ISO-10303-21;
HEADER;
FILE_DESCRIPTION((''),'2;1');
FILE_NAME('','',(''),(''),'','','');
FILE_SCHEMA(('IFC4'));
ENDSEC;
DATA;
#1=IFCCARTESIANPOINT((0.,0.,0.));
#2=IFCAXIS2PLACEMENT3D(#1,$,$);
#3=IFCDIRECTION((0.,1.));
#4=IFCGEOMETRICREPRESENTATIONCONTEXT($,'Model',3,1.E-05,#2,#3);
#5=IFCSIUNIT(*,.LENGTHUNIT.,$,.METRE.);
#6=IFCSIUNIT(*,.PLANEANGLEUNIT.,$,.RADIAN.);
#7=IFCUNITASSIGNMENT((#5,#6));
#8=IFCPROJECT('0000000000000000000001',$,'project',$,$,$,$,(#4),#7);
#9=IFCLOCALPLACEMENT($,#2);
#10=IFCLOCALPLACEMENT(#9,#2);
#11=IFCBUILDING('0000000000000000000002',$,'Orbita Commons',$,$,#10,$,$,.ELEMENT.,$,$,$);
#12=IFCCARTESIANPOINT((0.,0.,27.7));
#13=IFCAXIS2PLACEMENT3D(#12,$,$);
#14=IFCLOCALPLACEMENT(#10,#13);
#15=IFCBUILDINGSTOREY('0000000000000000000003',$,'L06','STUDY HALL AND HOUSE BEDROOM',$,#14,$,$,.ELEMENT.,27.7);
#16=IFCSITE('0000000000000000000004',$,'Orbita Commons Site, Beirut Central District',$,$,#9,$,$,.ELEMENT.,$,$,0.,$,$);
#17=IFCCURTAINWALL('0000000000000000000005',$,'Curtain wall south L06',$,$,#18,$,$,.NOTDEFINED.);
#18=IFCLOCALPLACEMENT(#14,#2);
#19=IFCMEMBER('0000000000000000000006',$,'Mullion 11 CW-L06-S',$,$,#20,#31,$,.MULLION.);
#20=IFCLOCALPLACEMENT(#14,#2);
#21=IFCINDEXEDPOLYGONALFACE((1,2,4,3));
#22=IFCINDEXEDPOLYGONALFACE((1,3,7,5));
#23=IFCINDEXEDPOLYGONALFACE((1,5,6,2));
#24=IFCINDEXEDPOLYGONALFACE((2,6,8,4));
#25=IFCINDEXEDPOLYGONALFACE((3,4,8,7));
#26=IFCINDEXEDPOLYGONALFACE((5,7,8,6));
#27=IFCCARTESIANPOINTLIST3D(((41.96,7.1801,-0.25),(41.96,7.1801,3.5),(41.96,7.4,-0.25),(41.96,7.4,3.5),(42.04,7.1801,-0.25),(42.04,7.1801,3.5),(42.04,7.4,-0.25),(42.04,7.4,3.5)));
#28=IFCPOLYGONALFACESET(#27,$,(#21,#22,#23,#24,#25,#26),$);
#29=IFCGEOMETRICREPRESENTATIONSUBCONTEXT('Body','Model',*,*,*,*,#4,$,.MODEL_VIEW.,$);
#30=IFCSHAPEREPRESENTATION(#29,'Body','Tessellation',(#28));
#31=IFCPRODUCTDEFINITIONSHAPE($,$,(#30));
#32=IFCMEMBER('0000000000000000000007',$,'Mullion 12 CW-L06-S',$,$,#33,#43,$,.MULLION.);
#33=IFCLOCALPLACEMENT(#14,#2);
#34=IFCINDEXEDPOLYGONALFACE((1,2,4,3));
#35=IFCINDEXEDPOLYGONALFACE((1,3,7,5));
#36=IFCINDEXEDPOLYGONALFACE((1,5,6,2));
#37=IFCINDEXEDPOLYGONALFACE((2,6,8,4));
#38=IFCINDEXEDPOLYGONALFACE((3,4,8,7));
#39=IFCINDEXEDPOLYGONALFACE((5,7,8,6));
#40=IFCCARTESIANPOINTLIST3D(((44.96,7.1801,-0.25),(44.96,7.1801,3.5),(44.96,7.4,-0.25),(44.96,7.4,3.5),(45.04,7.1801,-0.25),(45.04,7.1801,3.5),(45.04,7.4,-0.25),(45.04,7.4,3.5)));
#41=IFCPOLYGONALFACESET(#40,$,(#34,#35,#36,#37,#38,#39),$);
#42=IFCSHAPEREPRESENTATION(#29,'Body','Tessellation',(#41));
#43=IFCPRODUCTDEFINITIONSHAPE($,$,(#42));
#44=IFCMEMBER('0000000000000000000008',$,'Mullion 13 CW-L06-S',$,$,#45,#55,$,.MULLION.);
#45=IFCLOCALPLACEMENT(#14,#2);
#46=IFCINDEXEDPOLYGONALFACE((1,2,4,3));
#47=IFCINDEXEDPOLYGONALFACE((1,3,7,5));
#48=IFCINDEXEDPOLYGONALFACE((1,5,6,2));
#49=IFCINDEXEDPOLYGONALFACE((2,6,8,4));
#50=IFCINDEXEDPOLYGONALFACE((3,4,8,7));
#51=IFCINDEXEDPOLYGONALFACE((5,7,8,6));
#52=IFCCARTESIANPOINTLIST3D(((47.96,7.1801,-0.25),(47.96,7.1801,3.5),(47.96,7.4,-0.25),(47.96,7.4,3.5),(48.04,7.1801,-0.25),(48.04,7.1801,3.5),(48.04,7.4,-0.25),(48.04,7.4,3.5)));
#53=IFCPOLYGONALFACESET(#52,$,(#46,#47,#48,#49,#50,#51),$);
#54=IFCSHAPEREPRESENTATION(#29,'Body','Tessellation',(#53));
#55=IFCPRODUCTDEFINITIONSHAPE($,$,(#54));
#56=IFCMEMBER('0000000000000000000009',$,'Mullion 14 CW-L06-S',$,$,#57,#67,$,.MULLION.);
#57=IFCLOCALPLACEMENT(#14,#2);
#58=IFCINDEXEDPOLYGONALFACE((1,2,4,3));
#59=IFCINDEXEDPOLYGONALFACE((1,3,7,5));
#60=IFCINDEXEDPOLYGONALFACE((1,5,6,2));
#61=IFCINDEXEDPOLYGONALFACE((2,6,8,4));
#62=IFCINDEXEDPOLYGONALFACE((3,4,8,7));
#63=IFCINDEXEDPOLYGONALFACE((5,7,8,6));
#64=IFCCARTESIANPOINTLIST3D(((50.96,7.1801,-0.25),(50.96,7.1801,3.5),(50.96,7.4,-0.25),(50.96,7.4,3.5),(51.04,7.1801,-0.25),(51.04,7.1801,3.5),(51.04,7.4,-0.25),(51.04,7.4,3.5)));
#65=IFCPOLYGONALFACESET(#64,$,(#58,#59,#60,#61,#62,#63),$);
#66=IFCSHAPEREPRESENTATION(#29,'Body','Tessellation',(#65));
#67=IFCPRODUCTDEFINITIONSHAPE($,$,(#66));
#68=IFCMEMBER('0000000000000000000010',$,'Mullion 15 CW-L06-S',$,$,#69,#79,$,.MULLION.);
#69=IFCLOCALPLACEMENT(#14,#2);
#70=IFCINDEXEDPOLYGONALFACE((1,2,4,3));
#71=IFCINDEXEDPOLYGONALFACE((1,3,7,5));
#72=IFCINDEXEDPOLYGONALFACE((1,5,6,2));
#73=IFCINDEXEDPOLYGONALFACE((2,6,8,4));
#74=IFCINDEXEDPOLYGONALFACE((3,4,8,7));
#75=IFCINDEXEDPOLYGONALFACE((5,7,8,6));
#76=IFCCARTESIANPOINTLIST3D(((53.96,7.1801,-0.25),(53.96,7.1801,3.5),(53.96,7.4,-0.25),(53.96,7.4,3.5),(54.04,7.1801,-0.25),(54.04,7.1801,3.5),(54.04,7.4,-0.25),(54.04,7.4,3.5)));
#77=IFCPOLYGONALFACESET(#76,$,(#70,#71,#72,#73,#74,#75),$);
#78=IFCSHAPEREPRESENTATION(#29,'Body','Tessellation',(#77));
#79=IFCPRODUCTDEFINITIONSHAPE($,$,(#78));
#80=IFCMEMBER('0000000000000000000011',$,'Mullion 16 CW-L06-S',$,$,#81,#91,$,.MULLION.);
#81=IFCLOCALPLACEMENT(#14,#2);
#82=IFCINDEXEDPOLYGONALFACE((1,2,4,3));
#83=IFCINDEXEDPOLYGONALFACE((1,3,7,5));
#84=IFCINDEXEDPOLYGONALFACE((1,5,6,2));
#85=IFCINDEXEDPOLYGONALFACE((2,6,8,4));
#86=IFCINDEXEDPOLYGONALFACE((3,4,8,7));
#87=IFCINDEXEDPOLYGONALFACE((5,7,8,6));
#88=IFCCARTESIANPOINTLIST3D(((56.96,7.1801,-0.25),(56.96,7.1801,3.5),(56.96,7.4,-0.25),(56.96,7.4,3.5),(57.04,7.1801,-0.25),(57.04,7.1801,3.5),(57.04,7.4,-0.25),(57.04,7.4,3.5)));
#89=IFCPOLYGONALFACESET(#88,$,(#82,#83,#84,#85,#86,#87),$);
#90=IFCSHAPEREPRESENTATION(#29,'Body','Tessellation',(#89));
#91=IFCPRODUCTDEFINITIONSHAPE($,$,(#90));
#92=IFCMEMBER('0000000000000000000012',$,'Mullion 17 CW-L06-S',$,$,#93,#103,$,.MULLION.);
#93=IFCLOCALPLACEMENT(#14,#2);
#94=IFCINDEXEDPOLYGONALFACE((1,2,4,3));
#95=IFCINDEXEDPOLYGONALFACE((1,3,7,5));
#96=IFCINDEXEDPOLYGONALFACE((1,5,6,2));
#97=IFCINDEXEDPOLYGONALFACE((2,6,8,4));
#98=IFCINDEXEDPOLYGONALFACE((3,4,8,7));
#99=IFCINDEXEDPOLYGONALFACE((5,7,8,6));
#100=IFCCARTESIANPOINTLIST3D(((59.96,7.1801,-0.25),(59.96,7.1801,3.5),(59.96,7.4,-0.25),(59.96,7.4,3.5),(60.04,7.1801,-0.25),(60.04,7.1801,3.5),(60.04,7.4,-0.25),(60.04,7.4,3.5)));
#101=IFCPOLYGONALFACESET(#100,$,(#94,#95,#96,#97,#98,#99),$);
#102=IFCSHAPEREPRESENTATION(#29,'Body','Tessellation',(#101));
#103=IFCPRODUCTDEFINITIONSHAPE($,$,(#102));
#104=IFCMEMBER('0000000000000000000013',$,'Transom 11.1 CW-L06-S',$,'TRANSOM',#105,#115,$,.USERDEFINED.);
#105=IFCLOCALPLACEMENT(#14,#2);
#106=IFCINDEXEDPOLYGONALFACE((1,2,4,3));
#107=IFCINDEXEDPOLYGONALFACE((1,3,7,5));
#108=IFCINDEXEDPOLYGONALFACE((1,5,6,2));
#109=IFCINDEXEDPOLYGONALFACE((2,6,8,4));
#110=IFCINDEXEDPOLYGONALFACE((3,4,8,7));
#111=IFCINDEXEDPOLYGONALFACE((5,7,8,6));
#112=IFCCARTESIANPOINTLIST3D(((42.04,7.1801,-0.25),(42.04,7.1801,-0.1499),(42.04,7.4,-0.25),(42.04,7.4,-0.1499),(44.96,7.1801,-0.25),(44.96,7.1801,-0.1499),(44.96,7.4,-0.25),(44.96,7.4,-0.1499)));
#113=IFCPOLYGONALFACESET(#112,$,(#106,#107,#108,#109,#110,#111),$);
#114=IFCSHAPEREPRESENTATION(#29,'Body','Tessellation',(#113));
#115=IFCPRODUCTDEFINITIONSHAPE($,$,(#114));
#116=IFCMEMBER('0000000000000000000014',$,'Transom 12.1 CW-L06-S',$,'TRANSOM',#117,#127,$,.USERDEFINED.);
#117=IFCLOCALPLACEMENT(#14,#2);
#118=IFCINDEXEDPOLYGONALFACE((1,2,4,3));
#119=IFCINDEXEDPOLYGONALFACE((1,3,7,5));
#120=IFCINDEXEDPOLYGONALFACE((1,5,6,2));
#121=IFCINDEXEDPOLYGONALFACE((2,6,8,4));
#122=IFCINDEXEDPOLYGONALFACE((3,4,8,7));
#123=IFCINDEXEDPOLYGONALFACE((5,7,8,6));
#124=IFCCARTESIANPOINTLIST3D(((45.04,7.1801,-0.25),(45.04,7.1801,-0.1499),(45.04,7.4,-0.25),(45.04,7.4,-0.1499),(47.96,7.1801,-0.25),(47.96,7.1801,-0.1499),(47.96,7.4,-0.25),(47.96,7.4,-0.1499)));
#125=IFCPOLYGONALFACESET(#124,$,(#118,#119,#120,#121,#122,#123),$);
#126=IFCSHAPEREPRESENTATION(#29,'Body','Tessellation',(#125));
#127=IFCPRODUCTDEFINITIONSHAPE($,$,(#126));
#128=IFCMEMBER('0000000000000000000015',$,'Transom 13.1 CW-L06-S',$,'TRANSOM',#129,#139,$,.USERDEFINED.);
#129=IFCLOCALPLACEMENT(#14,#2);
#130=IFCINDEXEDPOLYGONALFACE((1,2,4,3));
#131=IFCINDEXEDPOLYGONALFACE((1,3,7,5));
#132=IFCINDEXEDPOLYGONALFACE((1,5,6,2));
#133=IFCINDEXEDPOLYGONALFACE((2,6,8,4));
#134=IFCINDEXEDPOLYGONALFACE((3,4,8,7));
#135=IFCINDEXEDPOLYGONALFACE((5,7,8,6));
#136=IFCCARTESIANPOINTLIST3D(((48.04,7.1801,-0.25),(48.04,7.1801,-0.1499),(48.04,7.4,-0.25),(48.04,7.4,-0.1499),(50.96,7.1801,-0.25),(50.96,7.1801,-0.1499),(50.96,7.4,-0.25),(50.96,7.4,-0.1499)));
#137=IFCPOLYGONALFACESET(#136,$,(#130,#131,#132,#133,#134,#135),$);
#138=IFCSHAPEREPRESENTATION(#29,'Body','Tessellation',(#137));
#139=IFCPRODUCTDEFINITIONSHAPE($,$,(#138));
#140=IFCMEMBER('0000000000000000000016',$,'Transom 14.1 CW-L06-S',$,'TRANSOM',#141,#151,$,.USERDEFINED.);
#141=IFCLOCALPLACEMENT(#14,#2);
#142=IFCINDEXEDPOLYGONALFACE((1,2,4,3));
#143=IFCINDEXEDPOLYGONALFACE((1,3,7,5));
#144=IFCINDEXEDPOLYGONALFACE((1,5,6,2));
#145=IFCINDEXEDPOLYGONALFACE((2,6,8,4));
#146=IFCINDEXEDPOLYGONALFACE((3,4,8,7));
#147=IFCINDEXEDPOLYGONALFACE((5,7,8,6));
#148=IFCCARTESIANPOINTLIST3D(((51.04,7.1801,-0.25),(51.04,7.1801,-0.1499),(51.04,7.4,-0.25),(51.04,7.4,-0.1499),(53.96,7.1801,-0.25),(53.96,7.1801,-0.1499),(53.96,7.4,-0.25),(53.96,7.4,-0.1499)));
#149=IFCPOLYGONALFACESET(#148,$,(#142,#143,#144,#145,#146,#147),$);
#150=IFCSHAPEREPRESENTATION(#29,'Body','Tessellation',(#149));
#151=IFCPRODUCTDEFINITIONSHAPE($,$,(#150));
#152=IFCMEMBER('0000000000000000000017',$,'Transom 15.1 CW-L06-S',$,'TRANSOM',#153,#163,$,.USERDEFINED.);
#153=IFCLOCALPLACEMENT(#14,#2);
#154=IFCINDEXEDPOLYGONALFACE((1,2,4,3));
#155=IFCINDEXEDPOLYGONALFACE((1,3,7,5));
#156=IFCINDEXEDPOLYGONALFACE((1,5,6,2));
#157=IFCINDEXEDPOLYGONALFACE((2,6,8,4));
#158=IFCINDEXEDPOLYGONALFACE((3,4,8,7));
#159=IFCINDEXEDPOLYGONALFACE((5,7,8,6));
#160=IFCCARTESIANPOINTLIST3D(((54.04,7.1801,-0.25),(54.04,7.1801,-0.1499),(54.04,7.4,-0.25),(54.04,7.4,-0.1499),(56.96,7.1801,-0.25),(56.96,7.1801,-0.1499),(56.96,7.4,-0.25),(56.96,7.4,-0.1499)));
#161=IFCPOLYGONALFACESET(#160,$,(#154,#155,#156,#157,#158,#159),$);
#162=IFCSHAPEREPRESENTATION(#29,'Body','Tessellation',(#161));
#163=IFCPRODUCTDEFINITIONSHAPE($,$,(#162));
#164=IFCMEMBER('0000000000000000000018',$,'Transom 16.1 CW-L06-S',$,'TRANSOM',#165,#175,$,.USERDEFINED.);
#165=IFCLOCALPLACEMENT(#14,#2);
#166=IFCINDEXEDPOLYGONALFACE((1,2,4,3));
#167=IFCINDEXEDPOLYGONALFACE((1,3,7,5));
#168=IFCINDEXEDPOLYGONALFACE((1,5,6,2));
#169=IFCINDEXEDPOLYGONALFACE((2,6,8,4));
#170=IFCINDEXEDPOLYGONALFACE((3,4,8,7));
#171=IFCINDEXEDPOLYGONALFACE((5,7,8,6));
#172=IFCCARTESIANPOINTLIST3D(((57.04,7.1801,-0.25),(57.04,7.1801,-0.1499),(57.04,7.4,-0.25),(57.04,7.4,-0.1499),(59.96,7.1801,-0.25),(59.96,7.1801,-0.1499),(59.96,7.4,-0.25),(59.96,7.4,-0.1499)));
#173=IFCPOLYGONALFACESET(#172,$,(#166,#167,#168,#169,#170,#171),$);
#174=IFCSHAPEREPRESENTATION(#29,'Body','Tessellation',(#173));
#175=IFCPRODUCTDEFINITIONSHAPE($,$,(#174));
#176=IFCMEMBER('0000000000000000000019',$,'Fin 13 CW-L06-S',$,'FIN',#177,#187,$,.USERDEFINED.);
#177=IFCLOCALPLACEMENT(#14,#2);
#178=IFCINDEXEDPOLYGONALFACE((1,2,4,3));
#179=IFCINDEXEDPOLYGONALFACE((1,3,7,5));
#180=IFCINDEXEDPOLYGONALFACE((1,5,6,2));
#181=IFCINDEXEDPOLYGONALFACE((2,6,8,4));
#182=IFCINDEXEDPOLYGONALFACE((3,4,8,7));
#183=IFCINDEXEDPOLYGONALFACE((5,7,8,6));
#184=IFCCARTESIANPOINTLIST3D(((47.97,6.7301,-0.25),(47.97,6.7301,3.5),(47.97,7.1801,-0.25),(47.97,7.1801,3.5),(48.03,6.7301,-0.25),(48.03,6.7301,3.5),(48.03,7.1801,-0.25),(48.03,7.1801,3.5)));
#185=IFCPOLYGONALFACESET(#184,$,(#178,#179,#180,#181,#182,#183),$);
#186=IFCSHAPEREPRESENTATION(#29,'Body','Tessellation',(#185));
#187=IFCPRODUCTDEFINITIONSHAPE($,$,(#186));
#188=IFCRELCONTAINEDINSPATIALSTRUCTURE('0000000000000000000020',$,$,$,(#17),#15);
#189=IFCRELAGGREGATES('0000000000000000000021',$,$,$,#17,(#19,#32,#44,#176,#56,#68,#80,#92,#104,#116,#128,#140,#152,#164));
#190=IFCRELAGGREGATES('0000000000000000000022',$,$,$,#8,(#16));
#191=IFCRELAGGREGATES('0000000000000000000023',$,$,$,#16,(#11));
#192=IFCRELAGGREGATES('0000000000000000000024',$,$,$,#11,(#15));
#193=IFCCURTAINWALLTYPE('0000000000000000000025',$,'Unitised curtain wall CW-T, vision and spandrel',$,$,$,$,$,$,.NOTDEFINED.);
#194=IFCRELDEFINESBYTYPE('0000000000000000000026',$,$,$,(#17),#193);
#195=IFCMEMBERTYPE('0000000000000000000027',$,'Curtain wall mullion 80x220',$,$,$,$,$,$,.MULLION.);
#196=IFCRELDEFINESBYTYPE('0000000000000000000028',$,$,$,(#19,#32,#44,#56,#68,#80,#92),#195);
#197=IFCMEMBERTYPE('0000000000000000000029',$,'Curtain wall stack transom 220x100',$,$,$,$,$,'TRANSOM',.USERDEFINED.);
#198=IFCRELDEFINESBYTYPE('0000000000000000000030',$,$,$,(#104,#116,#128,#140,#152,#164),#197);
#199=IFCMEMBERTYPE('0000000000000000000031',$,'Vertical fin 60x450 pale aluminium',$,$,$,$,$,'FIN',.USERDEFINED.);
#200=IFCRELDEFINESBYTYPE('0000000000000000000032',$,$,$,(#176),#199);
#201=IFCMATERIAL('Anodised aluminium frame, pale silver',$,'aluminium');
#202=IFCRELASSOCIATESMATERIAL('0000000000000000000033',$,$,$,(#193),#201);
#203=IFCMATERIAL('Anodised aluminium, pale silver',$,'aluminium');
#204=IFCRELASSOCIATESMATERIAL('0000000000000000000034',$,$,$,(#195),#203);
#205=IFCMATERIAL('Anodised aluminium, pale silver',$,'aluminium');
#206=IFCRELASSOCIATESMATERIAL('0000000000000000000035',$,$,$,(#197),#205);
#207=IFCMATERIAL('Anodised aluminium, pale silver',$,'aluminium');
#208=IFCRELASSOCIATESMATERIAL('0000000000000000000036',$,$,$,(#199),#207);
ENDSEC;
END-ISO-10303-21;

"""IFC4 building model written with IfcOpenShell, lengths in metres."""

from ifc_helpers import new_model, si_unit, direction, frame, origin, origin_2d, place, context, subcontext, project, spatial, rectangle, extrude, material, material_profile, profile_set, type_object, element, aggregate, save


model = new_model("IFC4")

# Units and contexts
model_context = context("Model", 3, precision=1e-05, world=origin(), true_north=direction((0.0, 1.0)))
body_context = subcontext(model_context, "Body", "Model", "MODEL_VIEW")
ifc_project = project(units=[si_unit("LENGTHUNIT", "METRE"), si_unit("PLANEANGLEUNIT", "RADIAN")], contexts=[model_context])

# Site, building, storey
site_placement = place(None, origin())
site = spatial("IfcSite", under=ifc_project, at=site_placement, Name="Orbita Commons Site, Beirut Central District", CompositionType="ELEMENT", RefElevation=0.0)
building_placement = place(site_placement, origin())
building = spatial("IfcBuilding", under=site, at=building_placement, Name="Orbita Commons", CompositionType="ELEMENT")
storey_placement = place(building_placement, frame((0.0, 0.0, 27.7)))
storey = spatial("IfcBuildingStorey", under=building, at=storey_placement, Name="L06", Description="STUDY HALL AND HOUSE BEDROOM", CompositionType="ELEMENT", Elevation=27.7)

# Curtain wall, members
ifc_material_1 = material(Name="Anodised aluminium frame, pale silver", Category="aluminium")
curtain_wall_type = type_object("IfcCurtainWallType", Name="Unitised curtain wall CW-T, vision and spandrel", PredefinedType="NOTDEFINED", material=ifc_material_1)
curtain_wall_placement = place(storey_placement, origin())
curtain_wall = element("IfcCurtainWall", 1, at=curtain_wall_placement, inside=storey, type_object=curtain_wall_type, Name="Curtain wall south L06", PredefinedType="NOTDEFINED")
ifc_material_2 = material(Name="Anodised aluminium, pale silver", Category="aluminium")
ifc_material_profile_1 = material_profile(ifc_material_2, rectangle(XDim=0.0801, YDim=0.22, at=origin_2d()), Name="AL 80x220")
ifc_profile_set_1 = profile_set([ifc_material_profile_1], Name="Anodised aluminium, pale silver")
member_type_1 = type_object("IfcMemberType", Name="Curtain wall mullion 80x220", PredefinedType="MULLION", material=ifc_profile_set_1)
member_1_placement = place(storey_placement, frame((42.0, 7.29, -0.25), z_axis=(0.0, 0.0, 1.0), x_axis=(1.0, 0.0, 0.0)))
member_1 = element("IfcMember", 2, at=member_1_placement, type_object=member_type_1, Name="Mullion 11 CW-L06-S", PredefinedType="MULLION", context=body_context, shape_type="SweptSolid", body=[
    extrude(rectangle(XDim=0.0801, YDim=0.22, at=origin_2d()), origin(), (0.0, 0.0, 1.0), 3.75),
])
member_2_placement = place(storey_placement, frame((45.0, 7.29, -0.25), z_axis=(0.0, 0.0, 1.0), x_axis=(1.0, 0.0, 0.0)))
member_2 = element("IfcMember", 3, at=member_2_placement, type_object=member_type_1, Name="Mullion 12 CW-L06-S", PredefinedType="MULLION", context=body_context, shape_type="SweptSolid", body=[
    extrude(rectangle(XDim=0.0801, YDim=0.22, at=origin_2d()), origin(), (0.0, 0.0, 1.0), 3.75),
])
member_3_placement = place(storey_placement, frame((48.0, 7.29, -0.25), z_axis=(0.0, 0.0, 1.0), x_axis=(1.0, 0.0, 0.0)))
member_3 = element("IfcMember", 4, at=member_3_placement, type_object=member_type_1, Name="Mullion 13 CW-L06-S", PredefinedType="MULLION", context=body_context, shape_type="SweptSolid", body=[
    extrude(rectangle(XDim=0.0801, YDim=0.22, at=origin_2d()), origin(), (0.0, 0.0, 1.0), 3.75),
])
member_4_placement = place(storey_placement, frame((51.0, 7.29, -0.25), z_axis=(0.0, 0.0, 1.0), x_axis=(1.0, 0.0, 0.0)))
member_4 = element("IfcMember", 5, at=member_4_placement, type_object=member_type_1, Name="Mullion 14 CW-L06-S", PredefinedType="MULLION", context=body_context, shape_type="SweptSolid", body=[
    extrude(rectangle(XDim=0.0801, YDim=0.22, at=origin_2d()), origin(), (0.0, 0.0, 1.0), 3.75),
])
member_5_placement = place(storey_placement, frame((54.0, 7.29, -0.25), z_axis=(0.0, 0.0, 1.0), x_axis=(1.0, 0.0, 0.0)))
member_5 = element("IfcMember", 6, at=member_5_placement, type_object=member_type_1, Name="Mullion 15 CW-L06-S", PredefinedType="MULLION", context=body_context, shape_type="SweptSolid", body=[
    extrude(rectangle(XDim=0.0801, YDim=0.22, at=origin_2d()), origin(), (0.0, 0.0, 1.0), 3.75),
])
member_6_placement = place(storey_placement, frame((57.0, 7.29, -0.25), z_axis=(0.0, 0.0, 1.0), x_axis=(1.0, 0.0, 0.0)))
member_6 = element("IfcMember", 7, at=member_6_placement, type_object=member_type_1, Name="Mullion 16 CW-L06-S", PredefinedType="MULLION", context=body_context, shape_type="SweptSolid", body=[
    extrude(rectangle(XDim=0.0801, YDim=0.22, at=origin_2d()), origin(), (0.0, 0.0, 1.0), 3.75),
])
member_7_placement = place(storey_placement, frame((60.0, 7.29, -0.25), z_axis=(0.0, 0.0, 1.0), x_axis=(1.0, 0.0, 0.0)))
member_7 = element("IfcMember", 8, at=member_7_placement, type_object=member_type_1, Name="Mullion 17 CW-L06-S", PredefinedType="MULLION", context=body_context, shape_type="SweptSolid", body=[
    extrude(rectangle(XDim=0.0801, YDim=0.22, at=origin_2d()), origin(), (0.0, 0.0, 1.0), 3.75),
])
ifc_material_3 = material(Name="Anodised aluminium, pale silver", Category="aluminium")
ifc_material_profile_2 = material_profile(ifc_material_3, rectangle(XDim=0.22, YDim=0.1001, at=origin_2d()), Name="AL 220x100")
ifc_profile_set_2 = profile_set([ifc_material_profile_2], Name="Anodised aluminium, pale silver")
member_type_2 = type_object("IfcMemberType", Name="Curtain wall stack transom 220x100", ElementType="TRANSOM", PredefinedType="USERDEFINED", material=ifc_profile_set_2)
member_8_placement = place(storey_placement, frame((42.04, 7.29, -0.2), z_axis=(1.0, 0.0, 0.0), x_axis=(0.0, 1.0, 0.0)))
member_8 = element("IfcMember", 9, at=member_8_placement, type_object=member_type_2, Name="Transom 11.1 CW-L06-S", ObjectType="TRANSOM", PredefinedType="USERDEFINED", context=body_context, shape_type="SweptSolid", body=[
    extrude(rectangle(XDim=0.22, YDim=0.1001, at=origin_2d()), origin(), (0.0, 0.0, 1.0), 2.9199),
])
member_9_placement = place(storey_placement, frame((45.04, 7.29, -0.2), z_axis=(1.0, 0.0, 0.0), x_axis=(0.0, 1.0, 0.0)))
member_9 = element("IfcMember", 10, at=member_9_placement, type_object=member_type_2, Name="Transom 12.1 CW-L06-S", ObjectType="TRANSOM", PredefinedType="USERDEFINED", context=body_context, shape_type="SweptSolid", body=[
    extrude(rectangle(XDim=0.22, YDim=0.1001, at=origin_2d()), origin(), (0.0, 0.0, 1.0), 2.9199),
])
member_10_placement = place(storey_placement, frame((48.04, 7.29, -0.2), z_axis=(1.0, 0.0, 0.0), x_axis=(0.0, 1.0, 0.0)))
member_10 = element("IfcMember", 11, at=member_10_placement, type_object=member_type_2, Name="Transom 13.1 CW-L06-S", ObjectType="TRANSOM", PredefinedType="USERDEFINED", context=body_context, shape_type="SweptSolid", body=[
    extrude(rectangle(XDim=0.22, YDim=0.1001, at=origin_2d()), origin(), (0.0, 0.0, 1.0), 2.9199),
])
member_11_placement = place(storey_placement, frame((51.04, 7.29, -0.2), z_axis=(1.0, 0.0, 0.0), x_axis=(0.0, 1.0, 0.0)))
member_11 = element("IfcMember", 12, at=member_11_placement, type_object=member_type_2, Name="Transom 14.1 CW-L06-S", ObjectType="TRANSOM", PredefinedType="USERDEFINED", context=body_context, shape_type="SweptSolid", body=[
    extrude(rectangle(XDim=0.22, YDim=0.1001, at=origin_2d()), origin(), (0.0, 0.0, 1.0), 2.9199),
])
member_12_placement = place(storey_placement, frame((54.04, 7.29, -0.2), z_axis=(1.0, 0.0, 0.0), x_axis=(0.0, 1.0, 0.0)))
member_12 = element("IfcMember", 13, at=member_12_placement, type_object=member_type_2, Name="Transom 15.1 CW-L06-S", ObjectType="TRANSOM", PredefinedType="USERDEFINED", context=body_context, shape_type="SweptSolid", body=[
    extrude(rectangle(XDim=0.22, YDim=0.1001, at=origin_2d()), origin(), (0.0, 0.0, 1.0), 2.9199),
])
member_13_placement = place(storey_placement, frame((57.04, 7.29, -0.2), z_axis=(1.0, 0.0, 0.0), x_axis=(0.0, 1.0, 0.0)))
member_13 = element("IfcMember", 14, at=member_13_placement, type_object=member_type_2, Name="Transom 16.1 CW-L06-S", ObjectType="TRANSOM", PredefinedType="USERDEFINED", context=body_context, shape_type="SweptSolid", body=[
    extrude(rectangle(XDim=0.22, YDim=0.1001, at=origin_2d()), origin(), (0.0, 0.0, 1.0), 2.9199),
])
ifc_material_4 = material(Name="Anodised aluminium, pale silver", Category="aluminium")
ifc_material_profile_3 = material_profile(ifc_material_4, rectangle(XDim=0.0601, YDim=0.45, at=origin_2d()), Name="FIN 60x450")
ifc_profile_set_3 = profile_set([ifc_material_profile_3], Name="Anodised aluminium, pale silver")
member_type_3 = type_object("IfcMemberType", Name="Vertical fin 60x450 pale aluminium", ElementType="FIN", PredefinedType="USERDEFINED", material=ifc_profile_set_3)
member_14_placement = place(storey_placement, frame((48.0, 6.9551, -0.25), z_axis=(0.0, 0.0, 1.0), x_axis=(1.0, 0.0, 0.0)))
member_14 = element("IfcMember", 15, at=member_14_placement, type_object=member_type_3, Name="Fin 13 CW-L06-S", ObjectType="FIN", PredefinedType="USERDEFINED", context=body_context, shape_type="SweptSolid", body=[
    extrude(rectangle(XDim=0.0601, YDim=0.45, at=origin_2d()), origin(), (0.0, 0.0, 1.0), 3.75),
])
aggregate(curtain_wall, [member_1, member_2, member_3, member_14, member_4, member_5, member_6, member_7, member_8, member_9, member_10, member_11, member_12, member_13])

save(model, "model.ifc")
